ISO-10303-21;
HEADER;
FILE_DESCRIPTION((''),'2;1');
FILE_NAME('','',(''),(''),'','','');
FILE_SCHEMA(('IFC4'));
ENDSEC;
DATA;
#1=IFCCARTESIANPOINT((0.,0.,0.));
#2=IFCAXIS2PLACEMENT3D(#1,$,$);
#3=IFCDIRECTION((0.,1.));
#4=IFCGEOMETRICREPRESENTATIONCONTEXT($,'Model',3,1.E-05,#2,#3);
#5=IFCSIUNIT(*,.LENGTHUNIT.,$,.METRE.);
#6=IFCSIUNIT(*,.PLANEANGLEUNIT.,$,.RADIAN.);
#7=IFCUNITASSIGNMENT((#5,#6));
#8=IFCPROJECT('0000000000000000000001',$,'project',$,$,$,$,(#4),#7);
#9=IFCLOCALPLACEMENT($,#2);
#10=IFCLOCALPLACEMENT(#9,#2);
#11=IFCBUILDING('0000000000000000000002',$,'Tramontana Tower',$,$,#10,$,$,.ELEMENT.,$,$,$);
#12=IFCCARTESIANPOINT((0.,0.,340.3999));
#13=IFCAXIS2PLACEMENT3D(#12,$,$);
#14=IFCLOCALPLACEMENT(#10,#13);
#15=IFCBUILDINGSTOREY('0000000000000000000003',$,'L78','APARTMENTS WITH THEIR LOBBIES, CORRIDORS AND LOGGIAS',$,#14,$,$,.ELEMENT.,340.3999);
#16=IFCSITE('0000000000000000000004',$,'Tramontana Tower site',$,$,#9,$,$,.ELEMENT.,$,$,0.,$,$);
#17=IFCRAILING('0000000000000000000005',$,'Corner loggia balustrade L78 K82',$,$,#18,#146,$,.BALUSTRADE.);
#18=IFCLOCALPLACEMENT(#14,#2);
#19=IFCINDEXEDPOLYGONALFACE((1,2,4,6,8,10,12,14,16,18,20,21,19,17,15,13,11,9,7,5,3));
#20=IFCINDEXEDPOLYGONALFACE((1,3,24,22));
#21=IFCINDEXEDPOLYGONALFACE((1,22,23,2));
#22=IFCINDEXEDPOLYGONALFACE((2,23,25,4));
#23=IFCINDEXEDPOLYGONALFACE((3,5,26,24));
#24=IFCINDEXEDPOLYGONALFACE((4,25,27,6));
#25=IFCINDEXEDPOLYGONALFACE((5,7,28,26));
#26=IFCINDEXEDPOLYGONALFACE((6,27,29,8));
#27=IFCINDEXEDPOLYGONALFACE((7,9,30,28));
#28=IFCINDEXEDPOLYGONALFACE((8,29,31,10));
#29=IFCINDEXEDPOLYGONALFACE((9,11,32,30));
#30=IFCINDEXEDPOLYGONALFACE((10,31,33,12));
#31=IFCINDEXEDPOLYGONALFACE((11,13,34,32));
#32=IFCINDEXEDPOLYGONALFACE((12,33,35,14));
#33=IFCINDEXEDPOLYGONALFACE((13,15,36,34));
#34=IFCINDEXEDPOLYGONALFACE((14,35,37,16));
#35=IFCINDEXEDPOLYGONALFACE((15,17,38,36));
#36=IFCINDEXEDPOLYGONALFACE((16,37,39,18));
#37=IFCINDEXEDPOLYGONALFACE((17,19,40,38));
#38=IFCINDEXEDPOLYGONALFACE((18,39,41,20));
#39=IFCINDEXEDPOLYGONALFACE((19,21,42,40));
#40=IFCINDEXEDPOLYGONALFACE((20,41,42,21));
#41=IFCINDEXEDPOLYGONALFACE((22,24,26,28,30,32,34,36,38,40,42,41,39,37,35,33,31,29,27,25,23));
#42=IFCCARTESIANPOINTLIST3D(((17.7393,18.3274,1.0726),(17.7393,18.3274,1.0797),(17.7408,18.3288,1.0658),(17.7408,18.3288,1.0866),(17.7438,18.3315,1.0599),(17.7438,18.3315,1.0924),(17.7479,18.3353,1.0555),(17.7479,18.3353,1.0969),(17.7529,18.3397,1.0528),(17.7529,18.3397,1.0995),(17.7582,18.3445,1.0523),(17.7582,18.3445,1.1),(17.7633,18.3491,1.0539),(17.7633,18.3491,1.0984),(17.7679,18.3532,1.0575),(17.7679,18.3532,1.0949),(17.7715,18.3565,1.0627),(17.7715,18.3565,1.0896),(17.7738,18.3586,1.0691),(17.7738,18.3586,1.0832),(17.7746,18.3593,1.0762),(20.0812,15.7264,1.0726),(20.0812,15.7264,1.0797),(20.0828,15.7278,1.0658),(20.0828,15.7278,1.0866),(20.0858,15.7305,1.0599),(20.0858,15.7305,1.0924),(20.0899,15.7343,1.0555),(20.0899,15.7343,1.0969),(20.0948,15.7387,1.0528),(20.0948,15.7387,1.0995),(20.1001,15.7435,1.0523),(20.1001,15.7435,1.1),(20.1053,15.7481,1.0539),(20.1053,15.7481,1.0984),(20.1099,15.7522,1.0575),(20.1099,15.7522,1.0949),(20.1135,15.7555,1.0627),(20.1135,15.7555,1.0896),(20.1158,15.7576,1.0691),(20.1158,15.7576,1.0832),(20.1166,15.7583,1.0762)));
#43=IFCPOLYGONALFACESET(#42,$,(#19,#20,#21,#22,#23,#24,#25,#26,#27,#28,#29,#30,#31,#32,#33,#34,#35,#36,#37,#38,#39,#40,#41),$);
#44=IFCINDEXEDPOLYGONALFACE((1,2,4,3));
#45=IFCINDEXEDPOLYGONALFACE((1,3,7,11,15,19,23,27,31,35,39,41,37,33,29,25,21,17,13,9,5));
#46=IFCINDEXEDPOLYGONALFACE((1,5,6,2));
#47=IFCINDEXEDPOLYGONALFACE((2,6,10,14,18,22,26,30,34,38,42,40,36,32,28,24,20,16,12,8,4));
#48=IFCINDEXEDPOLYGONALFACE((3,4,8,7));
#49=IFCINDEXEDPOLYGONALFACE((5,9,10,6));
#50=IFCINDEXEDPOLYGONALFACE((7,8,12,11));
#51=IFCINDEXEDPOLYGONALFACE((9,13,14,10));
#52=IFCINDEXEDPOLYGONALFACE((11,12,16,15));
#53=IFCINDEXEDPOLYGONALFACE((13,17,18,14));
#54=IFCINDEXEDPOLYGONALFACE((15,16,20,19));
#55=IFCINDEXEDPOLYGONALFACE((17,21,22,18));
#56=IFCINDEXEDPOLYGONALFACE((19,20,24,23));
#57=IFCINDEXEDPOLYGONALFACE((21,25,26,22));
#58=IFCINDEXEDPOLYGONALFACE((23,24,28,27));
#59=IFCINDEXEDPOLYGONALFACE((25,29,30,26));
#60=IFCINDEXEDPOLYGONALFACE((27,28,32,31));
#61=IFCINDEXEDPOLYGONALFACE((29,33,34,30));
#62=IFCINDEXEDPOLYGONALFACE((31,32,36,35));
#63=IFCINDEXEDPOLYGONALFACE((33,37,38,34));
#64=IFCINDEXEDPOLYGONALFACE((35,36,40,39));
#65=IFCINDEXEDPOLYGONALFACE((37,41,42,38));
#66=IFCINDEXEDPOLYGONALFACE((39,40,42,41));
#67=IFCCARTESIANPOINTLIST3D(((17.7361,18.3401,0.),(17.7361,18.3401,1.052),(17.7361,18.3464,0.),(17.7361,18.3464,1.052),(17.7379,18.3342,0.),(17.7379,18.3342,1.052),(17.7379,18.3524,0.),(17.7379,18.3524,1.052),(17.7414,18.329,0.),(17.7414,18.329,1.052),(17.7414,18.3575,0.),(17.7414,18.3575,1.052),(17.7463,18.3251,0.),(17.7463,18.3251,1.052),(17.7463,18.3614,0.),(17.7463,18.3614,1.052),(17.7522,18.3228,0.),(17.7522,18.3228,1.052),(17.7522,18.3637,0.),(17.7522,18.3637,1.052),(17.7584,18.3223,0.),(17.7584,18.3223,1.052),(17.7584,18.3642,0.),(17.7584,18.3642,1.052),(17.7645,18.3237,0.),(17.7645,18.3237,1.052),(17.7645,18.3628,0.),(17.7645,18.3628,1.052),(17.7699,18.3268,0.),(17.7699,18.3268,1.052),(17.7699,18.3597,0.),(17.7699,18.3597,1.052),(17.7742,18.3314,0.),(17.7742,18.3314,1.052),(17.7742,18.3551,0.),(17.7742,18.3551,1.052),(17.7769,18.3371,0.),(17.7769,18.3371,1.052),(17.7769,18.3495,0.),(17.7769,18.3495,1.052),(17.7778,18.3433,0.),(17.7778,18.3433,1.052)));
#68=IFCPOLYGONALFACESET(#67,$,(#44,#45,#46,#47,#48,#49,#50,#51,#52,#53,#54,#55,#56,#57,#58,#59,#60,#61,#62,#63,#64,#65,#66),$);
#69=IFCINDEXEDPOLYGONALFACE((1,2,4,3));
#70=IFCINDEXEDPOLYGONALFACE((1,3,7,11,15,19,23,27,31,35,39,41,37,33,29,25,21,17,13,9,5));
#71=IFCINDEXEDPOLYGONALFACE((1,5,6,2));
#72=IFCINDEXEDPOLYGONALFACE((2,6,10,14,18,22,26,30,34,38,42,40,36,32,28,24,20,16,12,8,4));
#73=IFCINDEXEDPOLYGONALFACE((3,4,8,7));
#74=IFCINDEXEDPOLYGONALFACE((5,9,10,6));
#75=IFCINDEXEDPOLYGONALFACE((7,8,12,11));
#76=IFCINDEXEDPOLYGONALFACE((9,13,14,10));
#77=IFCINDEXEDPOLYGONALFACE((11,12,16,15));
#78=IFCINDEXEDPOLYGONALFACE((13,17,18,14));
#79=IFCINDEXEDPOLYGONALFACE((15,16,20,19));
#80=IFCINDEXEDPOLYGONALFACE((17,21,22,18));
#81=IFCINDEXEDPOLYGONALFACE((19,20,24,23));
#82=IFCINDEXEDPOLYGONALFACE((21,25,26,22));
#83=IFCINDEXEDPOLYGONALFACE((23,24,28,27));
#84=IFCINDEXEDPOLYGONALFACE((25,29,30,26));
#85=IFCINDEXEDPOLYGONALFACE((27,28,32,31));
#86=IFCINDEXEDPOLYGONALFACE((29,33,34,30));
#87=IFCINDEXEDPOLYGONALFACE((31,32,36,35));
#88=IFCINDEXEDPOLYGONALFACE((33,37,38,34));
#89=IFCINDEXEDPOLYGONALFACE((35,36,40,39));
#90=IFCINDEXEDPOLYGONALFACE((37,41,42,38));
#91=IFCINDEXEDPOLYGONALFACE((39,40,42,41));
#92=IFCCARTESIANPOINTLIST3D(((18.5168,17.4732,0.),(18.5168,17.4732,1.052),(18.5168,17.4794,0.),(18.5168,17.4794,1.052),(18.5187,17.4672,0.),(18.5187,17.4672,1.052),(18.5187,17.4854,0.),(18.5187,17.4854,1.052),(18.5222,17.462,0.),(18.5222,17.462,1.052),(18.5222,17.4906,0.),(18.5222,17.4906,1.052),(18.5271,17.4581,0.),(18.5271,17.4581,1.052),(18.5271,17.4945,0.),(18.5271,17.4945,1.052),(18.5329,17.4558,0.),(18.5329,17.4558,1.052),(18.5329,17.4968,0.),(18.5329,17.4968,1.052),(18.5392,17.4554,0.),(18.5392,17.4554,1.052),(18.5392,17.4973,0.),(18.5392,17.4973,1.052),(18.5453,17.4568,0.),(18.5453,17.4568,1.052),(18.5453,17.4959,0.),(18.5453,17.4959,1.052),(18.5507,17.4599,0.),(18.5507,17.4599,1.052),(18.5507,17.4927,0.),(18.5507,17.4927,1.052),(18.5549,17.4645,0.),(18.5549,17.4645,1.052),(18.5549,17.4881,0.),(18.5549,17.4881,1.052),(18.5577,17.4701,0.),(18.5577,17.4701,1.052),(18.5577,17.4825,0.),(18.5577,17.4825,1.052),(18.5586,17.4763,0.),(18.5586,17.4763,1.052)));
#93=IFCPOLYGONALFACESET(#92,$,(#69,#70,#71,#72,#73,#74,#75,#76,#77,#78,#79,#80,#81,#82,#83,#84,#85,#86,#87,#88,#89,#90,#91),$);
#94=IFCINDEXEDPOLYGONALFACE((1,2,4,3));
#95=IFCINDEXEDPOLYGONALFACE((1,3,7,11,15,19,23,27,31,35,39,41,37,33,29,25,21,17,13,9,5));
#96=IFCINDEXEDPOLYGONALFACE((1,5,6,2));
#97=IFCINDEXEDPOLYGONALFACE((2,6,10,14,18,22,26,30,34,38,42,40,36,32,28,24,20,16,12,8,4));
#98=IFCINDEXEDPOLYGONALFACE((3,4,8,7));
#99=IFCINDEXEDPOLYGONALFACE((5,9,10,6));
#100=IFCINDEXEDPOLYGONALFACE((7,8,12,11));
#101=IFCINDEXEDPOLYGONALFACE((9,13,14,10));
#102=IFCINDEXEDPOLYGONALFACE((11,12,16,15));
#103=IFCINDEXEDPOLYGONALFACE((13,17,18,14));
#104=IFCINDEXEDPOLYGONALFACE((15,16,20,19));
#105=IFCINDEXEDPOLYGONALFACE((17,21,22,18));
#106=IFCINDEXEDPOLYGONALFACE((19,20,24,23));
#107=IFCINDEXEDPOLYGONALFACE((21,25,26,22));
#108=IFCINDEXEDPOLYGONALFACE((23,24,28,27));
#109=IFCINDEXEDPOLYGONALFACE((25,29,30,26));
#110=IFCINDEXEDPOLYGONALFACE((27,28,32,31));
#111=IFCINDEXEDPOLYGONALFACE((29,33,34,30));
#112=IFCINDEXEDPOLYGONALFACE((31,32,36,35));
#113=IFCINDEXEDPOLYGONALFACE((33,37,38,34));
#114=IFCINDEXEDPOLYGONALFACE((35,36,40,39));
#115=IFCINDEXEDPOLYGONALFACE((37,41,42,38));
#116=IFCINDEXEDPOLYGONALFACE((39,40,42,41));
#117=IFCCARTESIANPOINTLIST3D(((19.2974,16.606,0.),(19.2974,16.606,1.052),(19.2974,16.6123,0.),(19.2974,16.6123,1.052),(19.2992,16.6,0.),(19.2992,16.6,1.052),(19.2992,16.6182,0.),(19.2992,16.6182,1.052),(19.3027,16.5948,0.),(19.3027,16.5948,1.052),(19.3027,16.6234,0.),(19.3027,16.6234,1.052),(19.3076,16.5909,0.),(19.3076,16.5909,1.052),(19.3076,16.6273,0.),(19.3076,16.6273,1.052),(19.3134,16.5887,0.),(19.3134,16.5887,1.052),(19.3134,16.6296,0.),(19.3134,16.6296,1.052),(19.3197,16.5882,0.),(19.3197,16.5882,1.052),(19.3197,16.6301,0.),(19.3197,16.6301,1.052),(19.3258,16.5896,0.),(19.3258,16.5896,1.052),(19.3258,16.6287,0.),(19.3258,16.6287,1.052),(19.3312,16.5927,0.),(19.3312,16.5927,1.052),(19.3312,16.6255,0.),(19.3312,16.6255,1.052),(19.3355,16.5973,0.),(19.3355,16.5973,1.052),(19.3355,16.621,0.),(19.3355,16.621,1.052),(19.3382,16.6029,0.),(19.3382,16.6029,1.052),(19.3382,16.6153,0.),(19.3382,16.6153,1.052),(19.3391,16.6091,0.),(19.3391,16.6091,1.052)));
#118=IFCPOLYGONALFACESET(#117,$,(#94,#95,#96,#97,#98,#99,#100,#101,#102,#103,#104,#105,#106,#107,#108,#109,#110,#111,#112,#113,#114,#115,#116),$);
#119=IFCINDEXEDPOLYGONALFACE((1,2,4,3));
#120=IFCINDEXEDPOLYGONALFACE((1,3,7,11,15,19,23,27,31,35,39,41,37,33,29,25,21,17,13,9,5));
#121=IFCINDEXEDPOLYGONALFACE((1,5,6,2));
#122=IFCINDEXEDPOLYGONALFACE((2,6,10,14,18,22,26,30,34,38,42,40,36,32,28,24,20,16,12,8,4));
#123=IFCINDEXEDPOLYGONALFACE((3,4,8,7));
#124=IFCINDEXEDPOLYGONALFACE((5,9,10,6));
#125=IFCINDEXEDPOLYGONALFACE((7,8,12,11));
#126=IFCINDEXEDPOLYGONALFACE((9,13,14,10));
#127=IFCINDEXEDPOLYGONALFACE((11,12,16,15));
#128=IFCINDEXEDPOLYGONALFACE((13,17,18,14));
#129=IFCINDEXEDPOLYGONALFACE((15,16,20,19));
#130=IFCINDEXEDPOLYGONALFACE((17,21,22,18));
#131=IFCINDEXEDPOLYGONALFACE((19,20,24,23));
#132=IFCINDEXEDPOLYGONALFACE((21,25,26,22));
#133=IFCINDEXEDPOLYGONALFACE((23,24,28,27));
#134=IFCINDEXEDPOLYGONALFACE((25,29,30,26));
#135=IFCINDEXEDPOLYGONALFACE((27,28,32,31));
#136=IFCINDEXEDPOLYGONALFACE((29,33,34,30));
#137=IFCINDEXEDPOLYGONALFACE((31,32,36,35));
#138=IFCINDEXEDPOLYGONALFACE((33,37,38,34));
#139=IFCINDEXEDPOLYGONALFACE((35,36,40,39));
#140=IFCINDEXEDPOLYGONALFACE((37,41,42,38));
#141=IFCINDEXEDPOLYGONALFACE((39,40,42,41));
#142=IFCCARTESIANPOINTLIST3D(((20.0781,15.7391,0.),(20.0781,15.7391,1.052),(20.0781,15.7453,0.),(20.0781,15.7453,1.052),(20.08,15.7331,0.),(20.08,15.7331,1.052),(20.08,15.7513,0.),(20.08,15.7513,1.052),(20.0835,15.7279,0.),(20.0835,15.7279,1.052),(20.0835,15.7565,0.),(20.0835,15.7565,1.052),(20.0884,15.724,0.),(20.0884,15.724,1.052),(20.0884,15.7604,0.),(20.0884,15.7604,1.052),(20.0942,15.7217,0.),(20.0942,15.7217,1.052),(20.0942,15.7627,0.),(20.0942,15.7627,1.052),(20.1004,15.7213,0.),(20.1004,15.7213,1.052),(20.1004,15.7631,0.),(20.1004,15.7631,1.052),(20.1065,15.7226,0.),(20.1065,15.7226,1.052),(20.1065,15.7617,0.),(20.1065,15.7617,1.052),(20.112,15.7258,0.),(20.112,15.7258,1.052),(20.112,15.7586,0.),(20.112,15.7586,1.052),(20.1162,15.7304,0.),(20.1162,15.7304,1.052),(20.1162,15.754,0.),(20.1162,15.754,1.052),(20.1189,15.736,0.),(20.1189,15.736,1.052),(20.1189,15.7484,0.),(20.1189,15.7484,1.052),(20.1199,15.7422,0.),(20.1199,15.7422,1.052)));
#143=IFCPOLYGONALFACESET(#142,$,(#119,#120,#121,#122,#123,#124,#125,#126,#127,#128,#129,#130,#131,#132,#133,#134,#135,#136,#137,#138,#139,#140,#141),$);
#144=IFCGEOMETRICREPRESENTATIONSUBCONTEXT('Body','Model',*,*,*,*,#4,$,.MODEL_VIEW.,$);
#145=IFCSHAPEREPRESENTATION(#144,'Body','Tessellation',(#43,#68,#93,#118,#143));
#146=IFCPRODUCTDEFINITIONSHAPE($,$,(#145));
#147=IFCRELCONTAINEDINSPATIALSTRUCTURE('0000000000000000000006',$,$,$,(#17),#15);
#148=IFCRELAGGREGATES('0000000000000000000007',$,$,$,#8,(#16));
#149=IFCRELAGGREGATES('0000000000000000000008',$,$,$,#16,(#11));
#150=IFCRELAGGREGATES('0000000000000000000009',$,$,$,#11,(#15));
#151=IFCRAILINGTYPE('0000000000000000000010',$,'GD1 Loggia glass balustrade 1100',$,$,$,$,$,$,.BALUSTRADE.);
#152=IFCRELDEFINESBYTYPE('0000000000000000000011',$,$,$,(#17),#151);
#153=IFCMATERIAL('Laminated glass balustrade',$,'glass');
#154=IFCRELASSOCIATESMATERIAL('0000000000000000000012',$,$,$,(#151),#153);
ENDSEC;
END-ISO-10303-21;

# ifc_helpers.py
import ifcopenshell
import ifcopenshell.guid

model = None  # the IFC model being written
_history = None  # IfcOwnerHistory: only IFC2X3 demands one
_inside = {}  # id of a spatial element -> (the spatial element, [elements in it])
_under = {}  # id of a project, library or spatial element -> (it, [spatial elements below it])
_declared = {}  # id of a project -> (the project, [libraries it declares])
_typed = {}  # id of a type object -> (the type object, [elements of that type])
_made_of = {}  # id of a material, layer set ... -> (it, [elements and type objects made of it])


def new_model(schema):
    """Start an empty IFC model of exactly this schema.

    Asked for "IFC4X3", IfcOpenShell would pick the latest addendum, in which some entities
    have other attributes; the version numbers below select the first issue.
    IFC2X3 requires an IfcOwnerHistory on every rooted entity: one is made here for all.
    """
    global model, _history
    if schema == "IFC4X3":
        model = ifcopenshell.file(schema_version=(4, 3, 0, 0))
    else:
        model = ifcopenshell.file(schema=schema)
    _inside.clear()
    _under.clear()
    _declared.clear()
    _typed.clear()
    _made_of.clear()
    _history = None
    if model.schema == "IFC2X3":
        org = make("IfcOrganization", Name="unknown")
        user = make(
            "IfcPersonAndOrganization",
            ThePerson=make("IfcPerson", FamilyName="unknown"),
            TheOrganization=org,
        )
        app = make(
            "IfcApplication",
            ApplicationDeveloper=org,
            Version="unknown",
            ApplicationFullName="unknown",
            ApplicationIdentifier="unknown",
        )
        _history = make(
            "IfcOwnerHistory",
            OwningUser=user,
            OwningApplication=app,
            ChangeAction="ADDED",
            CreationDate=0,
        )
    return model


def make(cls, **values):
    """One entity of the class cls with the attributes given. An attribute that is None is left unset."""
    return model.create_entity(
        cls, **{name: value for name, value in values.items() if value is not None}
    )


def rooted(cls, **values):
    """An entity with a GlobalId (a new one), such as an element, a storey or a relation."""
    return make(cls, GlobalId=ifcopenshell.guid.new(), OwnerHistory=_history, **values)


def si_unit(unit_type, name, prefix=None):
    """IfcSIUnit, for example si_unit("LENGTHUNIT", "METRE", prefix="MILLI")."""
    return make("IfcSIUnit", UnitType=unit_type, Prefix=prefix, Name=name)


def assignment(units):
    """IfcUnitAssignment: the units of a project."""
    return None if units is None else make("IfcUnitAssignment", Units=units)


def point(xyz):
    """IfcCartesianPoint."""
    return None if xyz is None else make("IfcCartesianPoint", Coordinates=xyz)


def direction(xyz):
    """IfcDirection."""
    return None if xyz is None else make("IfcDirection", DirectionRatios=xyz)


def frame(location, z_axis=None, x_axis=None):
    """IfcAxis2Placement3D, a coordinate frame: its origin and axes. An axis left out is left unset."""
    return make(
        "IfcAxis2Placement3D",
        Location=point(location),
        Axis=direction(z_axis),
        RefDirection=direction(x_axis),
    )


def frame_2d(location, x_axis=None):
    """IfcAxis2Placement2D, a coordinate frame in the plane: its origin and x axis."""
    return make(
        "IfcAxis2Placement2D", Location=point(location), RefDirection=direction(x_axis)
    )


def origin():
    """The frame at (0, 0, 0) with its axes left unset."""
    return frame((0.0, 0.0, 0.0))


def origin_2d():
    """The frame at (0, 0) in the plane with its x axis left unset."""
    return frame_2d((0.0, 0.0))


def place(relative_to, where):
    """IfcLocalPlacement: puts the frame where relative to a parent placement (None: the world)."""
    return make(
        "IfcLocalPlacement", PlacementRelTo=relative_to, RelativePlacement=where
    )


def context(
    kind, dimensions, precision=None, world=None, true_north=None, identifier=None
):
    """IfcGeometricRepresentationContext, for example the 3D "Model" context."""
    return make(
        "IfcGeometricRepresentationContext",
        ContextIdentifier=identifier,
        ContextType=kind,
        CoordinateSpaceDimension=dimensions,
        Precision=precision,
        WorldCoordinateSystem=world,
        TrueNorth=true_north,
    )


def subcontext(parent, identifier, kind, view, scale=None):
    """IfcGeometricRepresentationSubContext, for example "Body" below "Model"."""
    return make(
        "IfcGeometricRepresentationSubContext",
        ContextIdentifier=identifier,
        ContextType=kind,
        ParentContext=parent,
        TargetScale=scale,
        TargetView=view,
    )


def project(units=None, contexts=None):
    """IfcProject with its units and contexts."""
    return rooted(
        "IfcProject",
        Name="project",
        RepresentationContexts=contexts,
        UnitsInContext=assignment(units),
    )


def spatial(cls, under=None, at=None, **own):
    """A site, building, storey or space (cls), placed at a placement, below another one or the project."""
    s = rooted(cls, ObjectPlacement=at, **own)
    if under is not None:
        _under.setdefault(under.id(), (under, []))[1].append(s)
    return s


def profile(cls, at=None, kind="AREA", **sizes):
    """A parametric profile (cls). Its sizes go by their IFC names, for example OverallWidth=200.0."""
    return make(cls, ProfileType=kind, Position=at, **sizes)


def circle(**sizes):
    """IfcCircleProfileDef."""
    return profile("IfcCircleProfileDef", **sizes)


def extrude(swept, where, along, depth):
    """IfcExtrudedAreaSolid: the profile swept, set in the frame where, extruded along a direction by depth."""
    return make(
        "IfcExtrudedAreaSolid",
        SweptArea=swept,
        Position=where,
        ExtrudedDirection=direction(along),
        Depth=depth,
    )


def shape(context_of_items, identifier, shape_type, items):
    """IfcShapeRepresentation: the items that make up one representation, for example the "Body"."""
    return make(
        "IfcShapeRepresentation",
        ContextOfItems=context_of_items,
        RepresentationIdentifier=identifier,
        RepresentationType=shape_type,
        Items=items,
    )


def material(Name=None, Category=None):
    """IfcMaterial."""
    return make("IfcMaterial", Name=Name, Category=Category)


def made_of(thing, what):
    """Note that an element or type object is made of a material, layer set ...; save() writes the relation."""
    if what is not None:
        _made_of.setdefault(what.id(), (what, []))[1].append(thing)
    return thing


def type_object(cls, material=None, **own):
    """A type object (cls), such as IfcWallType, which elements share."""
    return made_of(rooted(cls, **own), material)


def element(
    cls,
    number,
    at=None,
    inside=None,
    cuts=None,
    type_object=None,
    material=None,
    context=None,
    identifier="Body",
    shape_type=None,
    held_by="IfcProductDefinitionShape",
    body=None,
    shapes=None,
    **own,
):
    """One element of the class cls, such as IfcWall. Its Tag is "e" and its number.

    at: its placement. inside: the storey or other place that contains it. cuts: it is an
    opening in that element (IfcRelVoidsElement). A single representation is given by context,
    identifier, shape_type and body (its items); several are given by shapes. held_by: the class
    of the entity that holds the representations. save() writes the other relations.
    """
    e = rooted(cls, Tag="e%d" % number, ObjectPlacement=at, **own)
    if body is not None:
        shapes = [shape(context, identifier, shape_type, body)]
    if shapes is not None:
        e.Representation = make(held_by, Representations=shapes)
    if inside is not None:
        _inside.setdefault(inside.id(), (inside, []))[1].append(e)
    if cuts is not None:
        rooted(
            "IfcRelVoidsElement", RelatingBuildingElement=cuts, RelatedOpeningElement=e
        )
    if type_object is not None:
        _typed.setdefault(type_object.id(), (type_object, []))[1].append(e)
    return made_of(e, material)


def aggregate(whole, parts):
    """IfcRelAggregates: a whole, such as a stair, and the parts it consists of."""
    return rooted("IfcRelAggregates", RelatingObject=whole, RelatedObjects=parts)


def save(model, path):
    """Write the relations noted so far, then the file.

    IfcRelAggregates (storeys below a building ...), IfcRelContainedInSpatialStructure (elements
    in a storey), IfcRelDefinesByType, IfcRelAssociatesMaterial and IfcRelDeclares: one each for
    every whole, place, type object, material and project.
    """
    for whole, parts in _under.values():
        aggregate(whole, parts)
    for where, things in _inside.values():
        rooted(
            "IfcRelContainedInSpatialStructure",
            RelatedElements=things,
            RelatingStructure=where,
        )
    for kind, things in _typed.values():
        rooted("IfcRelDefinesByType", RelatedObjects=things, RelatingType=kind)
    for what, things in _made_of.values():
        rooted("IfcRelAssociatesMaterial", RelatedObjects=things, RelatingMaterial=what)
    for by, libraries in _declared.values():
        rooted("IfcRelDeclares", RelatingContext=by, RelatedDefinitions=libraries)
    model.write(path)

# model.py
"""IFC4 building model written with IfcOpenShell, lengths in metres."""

from ifc_helpers import new_model, si_unit, direction, frame, origin, origin_2d, place, context, subcontext, project, spatial, circle, extrude, material, type_object, element, save


model = new_model("IFC4")

# Units and contexts
model_context = context("Model", 3, precision=1e-05, world=origin(), true_north=direction((0.0, 1.0)))
body_context = subcontext(model_context, "Body", "Model", "MODEL_VIEW")
ifc_project = project(units=[si_unit("LENGTHUNIT", "METRE"), si_unit("PLANEANGLEUNIT", "RADIAN")], contexts=[model_context])

# Site, building, storey
site_placement = place(None, origin())
site = spatial("IfcSite", under=ifc_project, at=site_placement, Name="Tramontana Tower site", CompositionType="ELEMENT", RefElevation=0.0)
building_placement = place(site_placement, origin())
building = spatial("IfcBuilding", under=site, at=building_placement, Name="Tramontana Tower", CompositionType="ELEMENT")
storey_placement = place(building_placement, frame((0.0, 0.0, 340.3999)))
storey = spatial("IfcBuildingStorey", under=building, at=storey_placement, Name="L78", Description="APARTMENTS WITH THEIR LOBBIES, CORRIDORS AND LOGGIAS", CompositionType="ELEMENT", Elevation=340.3999)

# Railing
ifc_material_1 = material(Name="Laminated glass balustrade", Category="glass")
railing_type = type_object("IfcRailingType", Name="GD1 Loggia glass balustrade 1100", PredefinedType="BALUSTRADE", material=ifc_material_1)
railing_1_placement = place(storey_placement, frame((17.7568, 18.3433, 0.0)))
element("IfcRailing", 1, at=railing_1_placement, inside=storey, type_object=railing_type, Name="Corner loggia balustrade L78 K82", PredefinedType="BALUSTRADE", context=body_context, shape_type="SweptSolid", body=[
    extrude(circle(Radius=0.0239, at=origin_2d()), frame((0.0, 0.0, 1.0762), z_axis=(0.669134, -0.743142, 0.0), x_axis=(0.743142, 0.669134, 0.0)), (0.0, 0.0, 1.0), 3.5),
    extrude(circle(Radius=0.021, at=origin_2d()), origin(), (0.0, 0.0, 1.0), 1.052),
    extrude(circle(Radius=0.021, at=origin_2d()), frame((0.7808, -0.8669, 0.0)), (0.0, 0.0, 1.0), 1.052),
    extrude(circle(Radius=0.021, at=origin_2d()), frame((1.5613, -1.7341, 0.0)), (0.0, 0.0, 1.0), 1.052),
    extrude(circle(Radius=0.021, at=origin_2d()), frame((2.342, -2.6011, 0.0)), (0.0, 0.0, 1.0), 1.052),
])

save(model, "model.ifc")
